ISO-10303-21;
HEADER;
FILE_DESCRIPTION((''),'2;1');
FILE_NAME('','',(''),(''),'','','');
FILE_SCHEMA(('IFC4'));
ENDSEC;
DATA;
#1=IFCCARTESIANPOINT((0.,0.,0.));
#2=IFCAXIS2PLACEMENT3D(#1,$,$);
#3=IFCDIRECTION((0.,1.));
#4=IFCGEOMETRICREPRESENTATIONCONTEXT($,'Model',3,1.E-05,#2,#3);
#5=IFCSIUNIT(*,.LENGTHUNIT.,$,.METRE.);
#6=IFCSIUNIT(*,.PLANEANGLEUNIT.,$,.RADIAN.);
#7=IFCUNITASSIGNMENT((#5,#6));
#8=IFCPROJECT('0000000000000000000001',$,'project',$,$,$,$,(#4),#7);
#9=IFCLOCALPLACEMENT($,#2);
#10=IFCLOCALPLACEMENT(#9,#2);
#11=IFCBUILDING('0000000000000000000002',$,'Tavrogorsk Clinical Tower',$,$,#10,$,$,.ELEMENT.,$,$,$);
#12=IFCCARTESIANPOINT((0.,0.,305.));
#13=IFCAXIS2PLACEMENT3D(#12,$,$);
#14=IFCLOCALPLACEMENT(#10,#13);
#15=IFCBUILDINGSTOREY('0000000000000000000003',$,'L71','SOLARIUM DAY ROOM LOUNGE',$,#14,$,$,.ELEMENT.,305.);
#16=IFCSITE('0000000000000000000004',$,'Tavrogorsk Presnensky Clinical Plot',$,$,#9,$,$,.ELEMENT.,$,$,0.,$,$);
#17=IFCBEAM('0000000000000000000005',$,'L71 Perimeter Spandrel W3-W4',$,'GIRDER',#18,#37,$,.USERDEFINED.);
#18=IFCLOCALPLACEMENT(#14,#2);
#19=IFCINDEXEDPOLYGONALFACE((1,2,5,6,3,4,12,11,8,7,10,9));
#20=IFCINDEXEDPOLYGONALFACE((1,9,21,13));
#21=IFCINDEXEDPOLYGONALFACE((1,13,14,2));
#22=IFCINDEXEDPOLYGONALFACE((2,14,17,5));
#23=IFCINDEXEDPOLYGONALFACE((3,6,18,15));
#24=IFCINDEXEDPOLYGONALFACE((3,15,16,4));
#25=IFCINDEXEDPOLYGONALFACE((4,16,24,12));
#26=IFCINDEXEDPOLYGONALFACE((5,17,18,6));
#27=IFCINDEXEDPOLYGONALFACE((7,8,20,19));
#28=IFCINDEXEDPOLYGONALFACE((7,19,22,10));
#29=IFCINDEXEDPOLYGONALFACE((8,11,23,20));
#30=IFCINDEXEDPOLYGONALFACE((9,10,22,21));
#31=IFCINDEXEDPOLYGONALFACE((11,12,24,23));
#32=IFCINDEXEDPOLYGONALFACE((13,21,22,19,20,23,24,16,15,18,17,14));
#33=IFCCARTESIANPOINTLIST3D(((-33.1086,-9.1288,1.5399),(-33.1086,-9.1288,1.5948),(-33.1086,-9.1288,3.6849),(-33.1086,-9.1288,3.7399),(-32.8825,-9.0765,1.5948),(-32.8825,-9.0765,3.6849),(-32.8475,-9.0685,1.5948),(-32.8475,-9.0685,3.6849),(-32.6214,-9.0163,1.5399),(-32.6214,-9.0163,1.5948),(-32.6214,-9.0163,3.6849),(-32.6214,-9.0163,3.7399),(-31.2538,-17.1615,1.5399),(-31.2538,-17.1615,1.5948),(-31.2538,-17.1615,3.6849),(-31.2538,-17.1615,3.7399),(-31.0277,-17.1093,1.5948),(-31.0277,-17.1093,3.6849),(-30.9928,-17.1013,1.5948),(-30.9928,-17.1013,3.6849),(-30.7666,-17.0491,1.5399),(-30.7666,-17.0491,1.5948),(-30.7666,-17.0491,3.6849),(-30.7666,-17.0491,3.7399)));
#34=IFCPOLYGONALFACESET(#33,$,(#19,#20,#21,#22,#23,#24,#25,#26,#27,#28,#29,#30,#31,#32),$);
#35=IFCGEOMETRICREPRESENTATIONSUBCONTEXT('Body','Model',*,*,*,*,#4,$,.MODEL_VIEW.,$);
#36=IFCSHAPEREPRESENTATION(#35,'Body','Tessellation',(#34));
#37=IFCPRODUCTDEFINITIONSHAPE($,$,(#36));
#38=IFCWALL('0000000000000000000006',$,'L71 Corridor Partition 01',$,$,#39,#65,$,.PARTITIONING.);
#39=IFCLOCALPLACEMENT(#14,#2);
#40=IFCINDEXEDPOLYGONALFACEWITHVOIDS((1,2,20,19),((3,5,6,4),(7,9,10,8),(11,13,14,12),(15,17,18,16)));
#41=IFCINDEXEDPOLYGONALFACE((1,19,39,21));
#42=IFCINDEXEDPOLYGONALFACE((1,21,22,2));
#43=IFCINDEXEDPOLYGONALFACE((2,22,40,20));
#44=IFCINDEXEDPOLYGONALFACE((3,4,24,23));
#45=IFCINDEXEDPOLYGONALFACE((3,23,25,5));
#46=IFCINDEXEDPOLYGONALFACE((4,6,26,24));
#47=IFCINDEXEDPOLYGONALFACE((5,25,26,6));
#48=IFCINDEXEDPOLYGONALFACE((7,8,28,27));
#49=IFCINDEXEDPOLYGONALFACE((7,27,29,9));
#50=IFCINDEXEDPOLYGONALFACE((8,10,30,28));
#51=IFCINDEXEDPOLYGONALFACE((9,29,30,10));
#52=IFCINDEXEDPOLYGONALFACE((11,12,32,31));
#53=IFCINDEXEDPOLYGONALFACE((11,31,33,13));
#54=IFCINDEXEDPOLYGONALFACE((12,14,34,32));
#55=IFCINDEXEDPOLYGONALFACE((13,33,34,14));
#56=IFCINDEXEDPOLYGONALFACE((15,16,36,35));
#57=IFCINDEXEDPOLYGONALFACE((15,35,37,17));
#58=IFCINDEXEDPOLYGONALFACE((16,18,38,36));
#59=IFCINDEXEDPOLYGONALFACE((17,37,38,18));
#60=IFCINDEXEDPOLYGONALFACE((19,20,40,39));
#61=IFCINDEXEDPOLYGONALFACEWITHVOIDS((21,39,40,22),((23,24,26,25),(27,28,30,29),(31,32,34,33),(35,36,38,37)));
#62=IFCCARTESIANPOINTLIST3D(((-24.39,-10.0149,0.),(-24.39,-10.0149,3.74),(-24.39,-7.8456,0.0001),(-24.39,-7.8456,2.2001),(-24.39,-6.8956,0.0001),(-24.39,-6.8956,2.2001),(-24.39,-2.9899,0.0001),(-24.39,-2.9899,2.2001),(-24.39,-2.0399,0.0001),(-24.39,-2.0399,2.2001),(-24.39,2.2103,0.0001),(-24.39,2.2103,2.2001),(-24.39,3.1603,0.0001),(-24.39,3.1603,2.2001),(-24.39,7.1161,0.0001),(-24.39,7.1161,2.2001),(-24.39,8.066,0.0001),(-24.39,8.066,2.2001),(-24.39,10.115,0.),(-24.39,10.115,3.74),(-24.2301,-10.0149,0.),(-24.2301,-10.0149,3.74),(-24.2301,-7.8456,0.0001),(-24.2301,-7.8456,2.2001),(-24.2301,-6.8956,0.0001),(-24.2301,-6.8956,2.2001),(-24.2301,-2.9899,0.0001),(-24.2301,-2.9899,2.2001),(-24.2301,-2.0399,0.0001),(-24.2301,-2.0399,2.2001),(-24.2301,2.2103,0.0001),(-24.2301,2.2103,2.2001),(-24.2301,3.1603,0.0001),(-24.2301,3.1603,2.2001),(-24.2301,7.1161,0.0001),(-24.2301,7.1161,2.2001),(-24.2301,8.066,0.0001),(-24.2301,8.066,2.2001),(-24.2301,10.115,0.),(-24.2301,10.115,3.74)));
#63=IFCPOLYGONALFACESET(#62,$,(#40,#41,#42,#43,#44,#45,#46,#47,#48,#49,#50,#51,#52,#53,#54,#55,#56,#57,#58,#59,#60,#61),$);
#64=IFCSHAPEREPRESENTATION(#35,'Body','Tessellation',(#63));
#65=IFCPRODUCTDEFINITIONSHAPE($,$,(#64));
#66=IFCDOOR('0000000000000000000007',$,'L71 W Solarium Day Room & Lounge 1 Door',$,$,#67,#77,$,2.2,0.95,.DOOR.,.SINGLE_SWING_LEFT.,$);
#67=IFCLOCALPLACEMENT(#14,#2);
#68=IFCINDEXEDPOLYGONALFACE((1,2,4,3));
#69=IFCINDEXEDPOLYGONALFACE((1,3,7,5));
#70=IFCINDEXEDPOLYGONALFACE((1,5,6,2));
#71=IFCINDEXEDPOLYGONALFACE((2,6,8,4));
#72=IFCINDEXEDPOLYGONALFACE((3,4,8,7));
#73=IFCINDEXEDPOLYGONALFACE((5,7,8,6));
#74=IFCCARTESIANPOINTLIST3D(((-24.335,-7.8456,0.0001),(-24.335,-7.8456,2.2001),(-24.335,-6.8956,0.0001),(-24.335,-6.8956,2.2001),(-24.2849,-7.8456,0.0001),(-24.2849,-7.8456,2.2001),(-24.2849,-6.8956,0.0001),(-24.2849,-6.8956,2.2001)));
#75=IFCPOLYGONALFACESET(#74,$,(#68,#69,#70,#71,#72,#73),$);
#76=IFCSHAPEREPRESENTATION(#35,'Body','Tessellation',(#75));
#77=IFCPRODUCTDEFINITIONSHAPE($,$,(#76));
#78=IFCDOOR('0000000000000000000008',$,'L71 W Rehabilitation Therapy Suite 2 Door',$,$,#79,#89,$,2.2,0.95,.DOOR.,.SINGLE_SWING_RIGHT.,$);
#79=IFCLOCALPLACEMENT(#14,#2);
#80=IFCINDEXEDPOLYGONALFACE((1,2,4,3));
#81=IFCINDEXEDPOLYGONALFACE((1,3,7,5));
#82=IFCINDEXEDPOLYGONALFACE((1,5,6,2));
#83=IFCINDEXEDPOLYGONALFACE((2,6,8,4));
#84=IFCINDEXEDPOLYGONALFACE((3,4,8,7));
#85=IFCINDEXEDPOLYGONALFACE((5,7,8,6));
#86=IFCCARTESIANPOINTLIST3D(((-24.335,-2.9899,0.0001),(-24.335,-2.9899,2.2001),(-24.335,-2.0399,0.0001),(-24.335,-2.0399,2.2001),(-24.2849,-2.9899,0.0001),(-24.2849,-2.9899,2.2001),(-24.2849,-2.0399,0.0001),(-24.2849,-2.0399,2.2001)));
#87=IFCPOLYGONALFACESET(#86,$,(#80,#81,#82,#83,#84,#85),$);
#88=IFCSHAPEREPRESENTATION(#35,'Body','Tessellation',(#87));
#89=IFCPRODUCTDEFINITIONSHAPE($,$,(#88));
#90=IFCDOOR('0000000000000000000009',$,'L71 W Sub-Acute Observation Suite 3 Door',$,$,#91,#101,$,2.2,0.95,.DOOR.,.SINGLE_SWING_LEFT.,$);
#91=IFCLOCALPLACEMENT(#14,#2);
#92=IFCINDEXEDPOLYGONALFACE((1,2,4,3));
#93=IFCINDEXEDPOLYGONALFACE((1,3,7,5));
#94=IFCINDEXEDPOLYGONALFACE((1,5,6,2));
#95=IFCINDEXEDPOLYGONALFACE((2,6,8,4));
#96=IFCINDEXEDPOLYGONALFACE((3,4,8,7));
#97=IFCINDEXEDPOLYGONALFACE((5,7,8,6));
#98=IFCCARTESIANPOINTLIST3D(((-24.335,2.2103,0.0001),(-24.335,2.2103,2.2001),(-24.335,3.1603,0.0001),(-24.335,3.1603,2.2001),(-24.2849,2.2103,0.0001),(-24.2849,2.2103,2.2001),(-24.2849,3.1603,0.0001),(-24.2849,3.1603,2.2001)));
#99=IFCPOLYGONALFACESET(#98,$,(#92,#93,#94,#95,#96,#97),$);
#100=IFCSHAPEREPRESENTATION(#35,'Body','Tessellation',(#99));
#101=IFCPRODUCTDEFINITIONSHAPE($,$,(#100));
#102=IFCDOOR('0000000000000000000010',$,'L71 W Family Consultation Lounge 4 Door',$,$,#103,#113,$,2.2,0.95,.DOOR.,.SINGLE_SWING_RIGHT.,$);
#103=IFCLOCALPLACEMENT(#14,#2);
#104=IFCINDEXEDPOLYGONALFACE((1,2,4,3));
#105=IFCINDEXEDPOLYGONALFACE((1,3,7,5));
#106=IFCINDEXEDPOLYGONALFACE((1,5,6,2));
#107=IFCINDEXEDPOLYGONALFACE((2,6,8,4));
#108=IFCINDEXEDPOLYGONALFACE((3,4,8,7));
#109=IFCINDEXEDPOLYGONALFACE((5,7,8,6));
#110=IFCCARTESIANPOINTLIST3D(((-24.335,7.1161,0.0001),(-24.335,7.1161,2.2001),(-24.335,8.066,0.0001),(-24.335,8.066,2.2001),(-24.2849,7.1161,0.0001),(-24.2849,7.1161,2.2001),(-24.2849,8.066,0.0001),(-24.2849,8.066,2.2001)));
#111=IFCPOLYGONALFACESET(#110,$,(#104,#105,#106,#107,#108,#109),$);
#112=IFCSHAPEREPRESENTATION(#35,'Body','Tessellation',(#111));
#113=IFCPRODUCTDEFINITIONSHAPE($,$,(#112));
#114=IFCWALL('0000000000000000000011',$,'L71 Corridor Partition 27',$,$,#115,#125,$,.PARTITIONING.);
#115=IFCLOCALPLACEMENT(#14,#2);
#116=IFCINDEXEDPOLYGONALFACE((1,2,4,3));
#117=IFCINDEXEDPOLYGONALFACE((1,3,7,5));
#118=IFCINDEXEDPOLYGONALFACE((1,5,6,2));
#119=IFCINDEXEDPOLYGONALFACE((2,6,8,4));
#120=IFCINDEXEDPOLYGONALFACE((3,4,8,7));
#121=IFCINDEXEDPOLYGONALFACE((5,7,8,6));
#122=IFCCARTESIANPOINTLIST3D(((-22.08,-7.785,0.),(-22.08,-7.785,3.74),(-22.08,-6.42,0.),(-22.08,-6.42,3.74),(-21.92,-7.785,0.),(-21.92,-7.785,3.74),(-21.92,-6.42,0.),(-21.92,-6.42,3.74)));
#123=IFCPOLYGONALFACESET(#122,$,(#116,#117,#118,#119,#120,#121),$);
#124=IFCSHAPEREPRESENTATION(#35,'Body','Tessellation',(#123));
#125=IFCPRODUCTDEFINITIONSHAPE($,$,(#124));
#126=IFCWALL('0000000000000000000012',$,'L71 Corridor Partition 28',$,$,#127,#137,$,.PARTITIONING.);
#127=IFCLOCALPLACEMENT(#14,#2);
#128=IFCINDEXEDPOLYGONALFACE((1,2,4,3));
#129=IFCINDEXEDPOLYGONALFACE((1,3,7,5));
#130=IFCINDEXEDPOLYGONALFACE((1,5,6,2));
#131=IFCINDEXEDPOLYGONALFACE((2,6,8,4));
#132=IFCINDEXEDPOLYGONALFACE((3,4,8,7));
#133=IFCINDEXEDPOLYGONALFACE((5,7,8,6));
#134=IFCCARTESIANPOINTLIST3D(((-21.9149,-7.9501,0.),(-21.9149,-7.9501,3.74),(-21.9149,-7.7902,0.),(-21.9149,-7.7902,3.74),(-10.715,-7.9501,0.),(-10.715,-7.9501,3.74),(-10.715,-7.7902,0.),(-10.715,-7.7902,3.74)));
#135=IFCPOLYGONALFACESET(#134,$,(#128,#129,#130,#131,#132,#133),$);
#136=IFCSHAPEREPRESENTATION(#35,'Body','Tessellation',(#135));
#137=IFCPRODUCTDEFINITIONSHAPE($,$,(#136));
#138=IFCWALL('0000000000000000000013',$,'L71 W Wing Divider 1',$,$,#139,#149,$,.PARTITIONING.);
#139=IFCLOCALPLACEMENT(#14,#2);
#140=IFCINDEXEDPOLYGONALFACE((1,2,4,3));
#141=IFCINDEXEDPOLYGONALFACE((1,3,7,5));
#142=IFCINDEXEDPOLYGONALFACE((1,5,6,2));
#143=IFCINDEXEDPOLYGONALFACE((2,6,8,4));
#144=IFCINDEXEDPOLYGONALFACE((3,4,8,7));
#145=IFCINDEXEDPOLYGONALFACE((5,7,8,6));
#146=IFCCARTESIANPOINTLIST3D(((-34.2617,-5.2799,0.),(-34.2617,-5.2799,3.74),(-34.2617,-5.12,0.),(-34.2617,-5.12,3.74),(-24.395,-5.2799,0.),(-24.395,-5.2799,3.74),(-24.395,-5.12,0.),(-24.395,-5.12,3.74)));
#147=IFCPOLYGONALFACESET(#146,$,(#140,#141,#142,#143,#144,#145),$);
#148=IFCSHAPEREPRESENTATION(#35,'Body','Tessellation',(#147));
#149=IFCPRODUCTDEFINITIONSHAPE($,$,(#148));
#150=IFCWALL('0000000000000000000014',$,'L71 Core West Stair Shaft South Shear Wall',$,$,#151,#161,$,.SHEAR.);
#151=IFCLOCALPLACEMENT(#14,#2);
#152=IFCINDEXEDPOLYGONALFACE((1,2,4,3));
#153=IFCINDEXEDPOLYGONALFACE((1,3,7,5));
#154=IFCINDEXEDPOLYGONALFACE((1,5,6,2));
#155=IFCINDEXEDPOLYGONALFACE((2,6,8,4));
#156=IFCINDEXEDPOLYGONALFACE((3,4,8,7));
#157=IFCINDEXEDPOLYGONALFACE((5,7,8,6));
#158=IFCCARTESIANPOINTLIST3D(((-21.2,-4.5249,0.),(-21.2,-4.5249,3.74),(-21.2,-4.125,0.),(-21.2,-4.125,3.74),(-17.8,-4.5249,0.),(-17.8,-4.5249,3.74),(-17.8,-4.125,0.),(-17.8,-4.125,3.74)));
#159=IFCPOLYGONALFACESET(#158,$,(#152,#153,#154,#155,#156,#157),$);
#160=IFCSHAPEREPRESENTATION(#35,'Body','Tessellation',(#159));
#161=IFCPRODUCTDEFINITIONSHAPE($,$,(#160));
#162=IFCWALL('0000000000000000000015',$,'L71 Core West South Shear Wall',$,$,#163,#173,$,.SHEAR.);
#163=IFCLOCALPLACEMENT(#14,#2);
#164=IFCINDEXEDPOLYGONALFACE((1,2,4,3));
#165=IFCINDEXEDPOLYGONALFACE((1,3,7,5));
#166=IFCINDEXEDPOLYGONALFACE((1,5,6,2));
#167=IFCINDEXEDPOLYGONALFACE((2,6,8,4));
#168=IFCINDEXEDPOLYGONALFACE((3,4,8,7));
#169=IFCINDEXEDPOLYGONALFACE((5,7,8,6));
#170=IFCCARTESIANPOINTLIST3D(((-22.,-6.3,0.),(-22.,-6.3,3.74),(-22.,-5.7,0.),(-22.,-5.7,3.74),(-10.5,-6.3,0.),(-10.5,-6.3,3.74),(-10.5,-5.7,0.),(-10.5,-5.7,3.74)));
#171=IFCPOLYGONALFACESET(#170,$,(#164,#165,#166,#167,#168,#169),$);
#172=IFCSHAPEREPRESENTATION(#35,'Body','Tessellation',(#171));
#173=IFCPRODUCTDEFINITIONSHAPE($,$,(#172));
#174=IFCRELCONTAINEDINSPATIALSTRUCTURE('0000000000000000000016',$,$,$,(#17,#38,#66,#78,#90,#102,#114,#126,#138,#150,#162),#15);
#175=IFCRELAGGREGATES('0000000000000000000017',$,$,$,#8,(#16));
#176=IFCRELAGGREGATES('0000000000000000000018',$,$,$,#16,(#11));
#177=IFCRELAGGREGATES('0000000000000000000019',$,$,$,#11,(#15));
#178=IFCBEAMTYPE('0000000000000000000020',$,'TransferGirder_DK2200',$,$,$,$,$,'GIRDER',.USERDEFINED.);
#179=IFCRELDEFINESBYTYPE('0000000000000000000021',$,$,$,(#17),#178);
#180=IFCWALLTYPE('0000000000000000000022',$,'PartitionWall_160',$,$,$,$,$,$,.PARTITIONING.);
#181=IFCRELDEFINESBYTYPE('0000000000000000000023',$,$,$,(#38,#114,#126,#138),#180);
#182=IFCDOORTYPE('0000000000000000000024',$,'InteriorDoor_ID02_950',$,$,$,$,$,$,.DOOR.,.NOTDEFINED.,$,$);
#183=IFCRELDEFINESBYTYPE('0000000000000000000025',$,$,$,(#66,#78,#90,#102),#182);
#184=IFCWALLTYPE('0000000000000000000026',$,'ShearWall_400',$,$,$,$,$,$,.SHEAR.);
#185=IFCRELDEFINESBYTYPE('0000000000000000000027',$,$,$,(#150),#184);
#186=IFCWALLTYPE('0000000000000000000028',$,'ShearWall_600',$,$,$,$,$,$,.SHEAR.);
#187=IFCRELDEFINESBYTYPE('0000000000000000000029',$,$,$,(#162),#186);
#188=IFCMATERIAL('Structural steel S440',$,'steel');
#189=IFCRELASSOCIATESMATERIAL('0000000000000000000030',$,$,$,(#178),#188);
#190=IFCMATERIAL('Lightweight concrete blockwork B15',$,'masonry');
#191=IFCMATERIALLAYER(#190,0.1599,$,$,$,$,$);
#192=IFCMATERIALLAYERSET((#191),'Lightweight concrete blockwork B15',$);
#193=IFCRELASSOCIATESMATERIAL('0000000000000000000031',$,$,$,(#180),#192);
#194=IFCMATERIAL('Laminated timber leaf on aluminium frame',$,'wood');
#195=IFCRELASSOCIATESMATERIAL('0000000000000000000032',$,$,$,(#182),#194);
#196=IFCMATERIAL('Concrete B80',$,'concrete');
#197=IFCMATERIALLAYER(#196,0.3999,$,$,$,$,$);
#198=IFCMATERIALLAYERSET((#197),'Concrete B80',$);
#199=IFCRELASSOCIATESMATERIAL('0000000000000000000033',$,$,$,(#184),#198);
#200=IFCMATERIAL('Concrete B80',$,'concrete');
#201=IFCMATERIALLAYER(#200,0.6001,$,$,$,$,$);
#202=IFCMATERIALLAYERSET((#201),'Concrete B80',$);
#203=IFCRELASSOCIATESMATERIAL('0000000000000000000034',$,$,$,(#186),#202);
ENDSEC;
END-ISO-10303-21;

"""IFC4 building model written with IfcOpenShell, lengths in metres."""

from ifc_helpers import new_model, si_unit, direction, frame, frame_2d, origin, origin_2d, place, context, subcontext, project, spatial, rectangle, i_section, extrude, material, layer, layer_set, material_profile, profile_set, type_object, element, fill, save


model = new_model("IFC4")

# Units and contexts
model_context = context("Model", 3, precision=1e-05, world=origin(), true_north=direction((0.0, 1.0)))
body_context = subcontext(model_context, "Body", "Model", "MODEL_VIEW")
ifc_project = project(units=[si_unit("LENGTHUNIT", "METRE"), si_unit("PLANEANGLEUNIT", "RADIAN")], contexts=[model_context])

# Site, building, storey
site_placement = place(None, origin())
site = spatial("IfcSite", under=ifc_project, at=site_placement, Name="Tavrogorsk Presnensky Clinical Plot", CompositionType="ELEMENT", RefElevation=0.0)
building_placement = place(site_placement, origin())
building = spatial("IfcBuilding", under=site, at=building_placement, Name="Tavrogorsk Clinical Tower", CompositionType="ELEMENT")
storey_placement = place(building_placement, frame((0.0, 0.0, 305.0)))
storey = spatial("IfcBuildingStorey", under=building, at=storey_placement, Name="L71", Description="SOLARIUM DAY ROOM LOUNGE", CompositionType="ELEMENT", Elevation=305.0)

# Beam
ifc_material_1 = material(Name="Structural steel S440", Category="steel")
ifc_material_profile_1 = material_profile(ifc_material_1, i_section(OverallWidth=0.5, OverallDepth=2.2, WebThickness=0.0359, FlangeThickness=0.0549, at=origin_2d()), Name="DK-2200x500x36x55")
ifc_profile_set_1 = profile_set([ifc_material_profile_1], Name="Structural steel S440")
beam_type_1 = type_object("IfcBeamType", Name="TransferGirder_DK2200", ElementType="GIRDER", PredefinedType="USERDEFINED", material=ifc_profile_set_1)
beam_1_placement = place(storey_placement, frame((-32.865, -9.0725, 2.6399), z_axis=(0.224978, -0.974364, 0.0), x_axis=(0.974364, 0.224978, 0.0)))
element("IfcBeam", 1, at=beam_1_placement, inside=storey, type_object=beam_type_1, Name="L71 Perimeter Spandrel W3-W4", ObjectType="GIRDER", PredefinedType="USERDEFINED", context=body_context, shape_type="SweptSolid", body=[
    extrude(i_section(OverallWidth=0.5, OverallDepth=2.2, WebThickness=0.0359, FlangeThickness=0.0549, at=origin_2d()), origin(), (0.0, 0.0, 1.0), 8.2441),
])

# Wall, openings, doors
ifc_material_2 = material(Name="Lightweight concrete blockwork B15", Category="masonry")
ifc_layer_1 = layer(ifc_material_2, 0.1599)
ifc_layer_set_1 = layer_set([ifc_layer_1], Name="Lightweight concrete blockwork B15")
wall_type_1 = type_object("IfcWallType", Name="PartitionWall_160", PredefinedType="PARTITIONING", material=ifc_layer_set_1)
wall_1_placement = place(storey_placement, frame((-24.3101, -10.0149, 0.0), z_axis=(0.0, 0.0, 1.0), x_axis=(0.0, 1.0, 0.0)))
wall_1 = element("IfcWall", 2, at=wall_1_placement, inside=storey, type_object=wall_type_1, Name="L71 Corridor Partition 01", PredefinedType="PARTITIONING", context=body_context, shape_type="SweptSolid", body=[
    extrude(rectangle(XDim=20.1299, YDim=0.1599, at=frame_2d((10.0649, 0.0))), origin(), (0.0, 0.0, 1.0), 3.74),
])
opening_1_placement = place(wall_1_placement, frame((2.1692, 0.0, 0.0)))
opening_1 = element("IfcOpeningElement", 3, at=opening_1_placement, cuts=wall_1, PredefinedType="OPENING", context=body_context, shape_type="SweptSolid", body=[
    extrude(rectangle(XDim=0.95, YDim=2.2, at=frame_2d((0.4751, 1.1001))), frame((0.0, 0.0898, 0.0), z_axis=(0.0, -1.0, 0.0), x_axis=(1.0, 0.0, 0.0)), (0.0, 0.0, 1.0), 0.1799),
])
opening_2_placement = place(wall_1_placement, frame((7.0249, 0.0, 0.0)))
opening_2 = element("IfcOpeningElement", 4, at=opening_2_placement, cuts=wall_1, PredefinedType="OPENING", context=body_context, shape_type="SweptSolid", body=[
    extrude(rectangle(XDim=0.95, YDim=2.2, at=frame_2d((0.4751, 1.1001))), frame((0.0, 0.0898, 0.0), z_axis=(0.0, -1.0, 0.0), x_axis=(1.0, 0.0, 0.0)), (0.0, 0.0, 1.0), 0.1799),
])
opening_3_placement = place(wall_1_placement, frame((12.2251, 0.0, 0.0)))
opening_3 = element("IfcOpeningElement", 5, at=opening_3_placement, cuts=wall_1, PredefinedType="OPENING", context=body_context, shape_type="SweptSolid", body=[
    extrude(rectangle(XDim=0.95, YDim=2.2, at=frame_2d((0.4751, 1.1001))), frame((0.0, 0.0898, 0.0), z_axis=(0.0, -1.0, 0.0), x_axis=(1.0, 0.0, 0.0)), (0.0, 0.0, 1.0), 0.1799),
])
opening_4_placement = place(wall_1_placement, frame((17.1309, 0.0, 0.0)))
opening_4 = element("IfcOpeningElement", 6, at=opening_4_placement, cuts=wall_1, PredefinedType="OPENING", context=body_context, shape_type="SweptSolid", body=[
    extrude(rectangle(XDim=0.95, YDim=2.2, at=frame_2d((0.4751, 1.1001))), frame((0.0, 0.0898, 0.0), z_axis=(0.0, -1.0, 0.0), x_axis=(1.0, 0.0, 0.0)), (0.0, 0.0, 1.0), 0.1799),
])
ifc_material_3 = material(Name="Laminated timber leaf on aluminium frame", Category="wood")
door_type = type_object("IfcDoorType", Name="InteriorDoor_ID02_950", OperationType="NOTDEFINED", PredefinedType="DOOR", material=ifc_material_3)
door_1_placement = place(opening_1_placement, origin())
door_1 = element("IfcDoor", 7, at=door_1_placement, inside=storey, type_object=door_type, Name="L71 W Solarium Day Room & Lounge 1 Door", OperationType="SINGLE_SWING_LEFT", OverallHeight=2.2, OverallWidth=0.95, PredefinedType="DOOR", context=body_context, shape_type="SweptSolid", body=[
    extrude(rectangle(XDim=0.95, YDim=2.2, at=frame_2d((0.4751, 1.1001))), frame((0.0, 0.0249, 0.0), z_axis=(0.0, -1.0, 0.0), x_axis=(1.0, 0.0, 0.0)), (0.0, 0.0, 1.0), 0.05),
])
fill(opening_1, door_1)
door_2_placement = place(opening_2_placement, origin())
door_2 = element("IfcDoor", 8, at=door_2_placement, inside=storey, type_object=door_type, Name="L71 W Rehabilitation Therapy Suite 2 Door", OperationType="SINGLE_SWING_RIGHT", OverallHeight=2.2, OverallWidth=0.95, PredefinedType="DOOR", context=body_context, shape_type="SweptSolid", body=[
    extrude(rectangle(XDim=0.95, YDim=2.2, at=frame_2d((0.4751, 1.1001))), frame((0.0, 0.0249, 0.0), z_axis=(0.0, -1.0, 0.0), x_axis=(1.0, 0.0, 0.0)), (0.0, 0.0, 1.0), 0.05),
])
fill(opening_2, door_2)
door_3_placement = place(opening_3_placement, origin())
door_3 = element("IfcDoor", 9, at=door_3_placement, inside=storey, type_object=door_type, Name="L71 W Sub-Acute Observation Suite 3 Door", OperationType="SINGLE_SWING_LEFT", OverallHeight=2.2, OverallWidth=0.95, PredefinedType="DOOR", context=body_context, shape_type="SweptSolid", body=[
    extrude(rectangle(XDim=0.95, YDim=2.2, at=frame_2d((0.4751, 1.1001))), frame((0.0, 0.0249, 0.0), z_axis=(0.0, -1.0, 0.0), x_axis=(1.0, 0.0, 0.0)), (0.0, 0.0, 1.0), 0.05),
])
fill(opening_3, door_3)
door_4_placement = place(opening_4_placement, origin())
door_4 = element("IfcDoor", 10, at=door_4_placement, inside=storey, type_object=door_type, Name="L71 W Family Consultation Lounge 4 Door", OperationType="SINGLE_SWING_RIGHT", OverallHeight=2.2, OverallWidth=0.95, PredefinedType="DOOR", context=body_context, shape_type="SweptSolid", body=[
    extrude(rectangle(XDim=0.95, YDim=2.2, at=frame_2d((0.4751, 1.1001))), frame((0.0, 0.0249, 0.0), z_axis=(0.0, -1.0, 0.0), x_axis=(1.0, 0.0, 0.0)), (0.0, 0.0, 1.0), 0.05),
])
fill(opening_4, door_4)

# Walls
wall_2_placement = place(storey_placement, frame((-22.0, -6.4199, 0.0), z_axis=(0.0, 0.0, 1.0), x_axis=(0.0, -1.0, 0.0)))
element("IfcWall", 11, at=wall_2_placement, inside=storey, type_object=wall_type_1, Name="L71 Corridor Partition 27", PredefinedType="PARTITIONING", context=body_context, shape_type="SweptSolid", body=[
    extrude(rectangle(XDim=1.365, YDim=0.1599, at=frame_2d((0.6826, 0.0))), origin(), (0.0, 0.0, 1.0), 3.74),
])
wall_3_placement = place(storey_placement, frame((-21.915, -7.8701, 0.0), z_axis=(0.0, 0.0, 1.0), x_axis=(1.0, 0.0, 0.0)))
element("IfcWall", 12, at=wall_3_placement, inside=storey, type_object=wall_type_1, Name="L71 Corridor Partition 28", PredefinedType="PARTITIONING", context=body_context, shape_type="SweptSolid", body=[
    extrude(rectangle(XDim=11.2, YDim=0.1599, at=frame_2d((5.6001, 0.0))), origin(), (0.0, 0.0, 1.0), 3.74),
])
wall_4_placement = place(storey_placement, frame((-34.2617, -5.2, 0.0), z_axis=(0.0, 0.0, 1.0), x_axis=(1.0, 0.0, 0.0)))
element("IfcWall", 13, at=wall_4_placement, inside=storey, type_object=wall_type_1, Name="L71 W Wing Divider 1", PredefinedType="PARTITIONING", context=body_context, shape_type="SweptSolid", body=[
    extrude(rectangle(XDim=9.8667, YDim=0.1599, at=frame_2d((4.9333, 0.0))), origin(), (0.0, 0.0, 1.0), 3.74),
])
ifc_material_4 = material(Name="Concrete B80", Category="concrete")
ifc_layer_2 = layer(ifc_material_4, 0.3999)
ifc_layer_set_2 = layer_set([ifc_layer_2], Name="Concrete B80")
wall_type_2 = type_object("IfcWallType", Name="ShearWall_400", PredefinedType="SHEAR", material=ifc_layer_set_2)
wall_5_placement = place(storey_placement, frame((-21.2, -4.325, 0.0), z_axis=(0.0, 0.0, 1.0), x_axis=(1.0, 0.0, 0.0)))
element("IfcWall", 14, at=wall_5_placement, inside=storey, type_object=wall_type_2, Name="L71 Core West Stair Shaft South Shear Wall", PredefinedType="SHEAR", context=body_context, shape_type="SweptSolid", body=[
    extrude(rectangle(XDim=3.3999, YDim=0.3999, at=frame_2d((1.7, 0.0))), origin(), (0.0, 0.0, 1.0), 3.74),
])
ifc_material_5 = material(Name="Concrete B80", Category="concrete")
ifc_layer_3 = layer(ifc_material_5, 0.6001)
ifc_layer_set_3 = layer_set([ifc_layer_3], Name="Concrete B80")
wall_type_3 = type_object("IfcWallType", Name="ShearWall_600", PredefinedType="SHEAR", material=ifc_layer_set_3)
wall_6_placement = place(storey_placement, frame((-22.0, -6.0, 0.0), z_axis=(0.0, 0.0, 1.0), x_axis=(1.0, 0.0, 0.0)))
element("IfcWall", 15, at=wall_6_placement, inside=storey, type_object=wall_type_3, Name="L71 Core West South Shear Wall", PredefinedType="SHEAR", context=body_context, shape_type="SweptSolid", body=[
    extrude(rectangle(XDim=11.5, YDim=0.6001, at=frame_2d((5.75, 0.0))), origin(), (0.0, 0.0, 1.0), 3.74),
])

save(model, "model.ifc")
